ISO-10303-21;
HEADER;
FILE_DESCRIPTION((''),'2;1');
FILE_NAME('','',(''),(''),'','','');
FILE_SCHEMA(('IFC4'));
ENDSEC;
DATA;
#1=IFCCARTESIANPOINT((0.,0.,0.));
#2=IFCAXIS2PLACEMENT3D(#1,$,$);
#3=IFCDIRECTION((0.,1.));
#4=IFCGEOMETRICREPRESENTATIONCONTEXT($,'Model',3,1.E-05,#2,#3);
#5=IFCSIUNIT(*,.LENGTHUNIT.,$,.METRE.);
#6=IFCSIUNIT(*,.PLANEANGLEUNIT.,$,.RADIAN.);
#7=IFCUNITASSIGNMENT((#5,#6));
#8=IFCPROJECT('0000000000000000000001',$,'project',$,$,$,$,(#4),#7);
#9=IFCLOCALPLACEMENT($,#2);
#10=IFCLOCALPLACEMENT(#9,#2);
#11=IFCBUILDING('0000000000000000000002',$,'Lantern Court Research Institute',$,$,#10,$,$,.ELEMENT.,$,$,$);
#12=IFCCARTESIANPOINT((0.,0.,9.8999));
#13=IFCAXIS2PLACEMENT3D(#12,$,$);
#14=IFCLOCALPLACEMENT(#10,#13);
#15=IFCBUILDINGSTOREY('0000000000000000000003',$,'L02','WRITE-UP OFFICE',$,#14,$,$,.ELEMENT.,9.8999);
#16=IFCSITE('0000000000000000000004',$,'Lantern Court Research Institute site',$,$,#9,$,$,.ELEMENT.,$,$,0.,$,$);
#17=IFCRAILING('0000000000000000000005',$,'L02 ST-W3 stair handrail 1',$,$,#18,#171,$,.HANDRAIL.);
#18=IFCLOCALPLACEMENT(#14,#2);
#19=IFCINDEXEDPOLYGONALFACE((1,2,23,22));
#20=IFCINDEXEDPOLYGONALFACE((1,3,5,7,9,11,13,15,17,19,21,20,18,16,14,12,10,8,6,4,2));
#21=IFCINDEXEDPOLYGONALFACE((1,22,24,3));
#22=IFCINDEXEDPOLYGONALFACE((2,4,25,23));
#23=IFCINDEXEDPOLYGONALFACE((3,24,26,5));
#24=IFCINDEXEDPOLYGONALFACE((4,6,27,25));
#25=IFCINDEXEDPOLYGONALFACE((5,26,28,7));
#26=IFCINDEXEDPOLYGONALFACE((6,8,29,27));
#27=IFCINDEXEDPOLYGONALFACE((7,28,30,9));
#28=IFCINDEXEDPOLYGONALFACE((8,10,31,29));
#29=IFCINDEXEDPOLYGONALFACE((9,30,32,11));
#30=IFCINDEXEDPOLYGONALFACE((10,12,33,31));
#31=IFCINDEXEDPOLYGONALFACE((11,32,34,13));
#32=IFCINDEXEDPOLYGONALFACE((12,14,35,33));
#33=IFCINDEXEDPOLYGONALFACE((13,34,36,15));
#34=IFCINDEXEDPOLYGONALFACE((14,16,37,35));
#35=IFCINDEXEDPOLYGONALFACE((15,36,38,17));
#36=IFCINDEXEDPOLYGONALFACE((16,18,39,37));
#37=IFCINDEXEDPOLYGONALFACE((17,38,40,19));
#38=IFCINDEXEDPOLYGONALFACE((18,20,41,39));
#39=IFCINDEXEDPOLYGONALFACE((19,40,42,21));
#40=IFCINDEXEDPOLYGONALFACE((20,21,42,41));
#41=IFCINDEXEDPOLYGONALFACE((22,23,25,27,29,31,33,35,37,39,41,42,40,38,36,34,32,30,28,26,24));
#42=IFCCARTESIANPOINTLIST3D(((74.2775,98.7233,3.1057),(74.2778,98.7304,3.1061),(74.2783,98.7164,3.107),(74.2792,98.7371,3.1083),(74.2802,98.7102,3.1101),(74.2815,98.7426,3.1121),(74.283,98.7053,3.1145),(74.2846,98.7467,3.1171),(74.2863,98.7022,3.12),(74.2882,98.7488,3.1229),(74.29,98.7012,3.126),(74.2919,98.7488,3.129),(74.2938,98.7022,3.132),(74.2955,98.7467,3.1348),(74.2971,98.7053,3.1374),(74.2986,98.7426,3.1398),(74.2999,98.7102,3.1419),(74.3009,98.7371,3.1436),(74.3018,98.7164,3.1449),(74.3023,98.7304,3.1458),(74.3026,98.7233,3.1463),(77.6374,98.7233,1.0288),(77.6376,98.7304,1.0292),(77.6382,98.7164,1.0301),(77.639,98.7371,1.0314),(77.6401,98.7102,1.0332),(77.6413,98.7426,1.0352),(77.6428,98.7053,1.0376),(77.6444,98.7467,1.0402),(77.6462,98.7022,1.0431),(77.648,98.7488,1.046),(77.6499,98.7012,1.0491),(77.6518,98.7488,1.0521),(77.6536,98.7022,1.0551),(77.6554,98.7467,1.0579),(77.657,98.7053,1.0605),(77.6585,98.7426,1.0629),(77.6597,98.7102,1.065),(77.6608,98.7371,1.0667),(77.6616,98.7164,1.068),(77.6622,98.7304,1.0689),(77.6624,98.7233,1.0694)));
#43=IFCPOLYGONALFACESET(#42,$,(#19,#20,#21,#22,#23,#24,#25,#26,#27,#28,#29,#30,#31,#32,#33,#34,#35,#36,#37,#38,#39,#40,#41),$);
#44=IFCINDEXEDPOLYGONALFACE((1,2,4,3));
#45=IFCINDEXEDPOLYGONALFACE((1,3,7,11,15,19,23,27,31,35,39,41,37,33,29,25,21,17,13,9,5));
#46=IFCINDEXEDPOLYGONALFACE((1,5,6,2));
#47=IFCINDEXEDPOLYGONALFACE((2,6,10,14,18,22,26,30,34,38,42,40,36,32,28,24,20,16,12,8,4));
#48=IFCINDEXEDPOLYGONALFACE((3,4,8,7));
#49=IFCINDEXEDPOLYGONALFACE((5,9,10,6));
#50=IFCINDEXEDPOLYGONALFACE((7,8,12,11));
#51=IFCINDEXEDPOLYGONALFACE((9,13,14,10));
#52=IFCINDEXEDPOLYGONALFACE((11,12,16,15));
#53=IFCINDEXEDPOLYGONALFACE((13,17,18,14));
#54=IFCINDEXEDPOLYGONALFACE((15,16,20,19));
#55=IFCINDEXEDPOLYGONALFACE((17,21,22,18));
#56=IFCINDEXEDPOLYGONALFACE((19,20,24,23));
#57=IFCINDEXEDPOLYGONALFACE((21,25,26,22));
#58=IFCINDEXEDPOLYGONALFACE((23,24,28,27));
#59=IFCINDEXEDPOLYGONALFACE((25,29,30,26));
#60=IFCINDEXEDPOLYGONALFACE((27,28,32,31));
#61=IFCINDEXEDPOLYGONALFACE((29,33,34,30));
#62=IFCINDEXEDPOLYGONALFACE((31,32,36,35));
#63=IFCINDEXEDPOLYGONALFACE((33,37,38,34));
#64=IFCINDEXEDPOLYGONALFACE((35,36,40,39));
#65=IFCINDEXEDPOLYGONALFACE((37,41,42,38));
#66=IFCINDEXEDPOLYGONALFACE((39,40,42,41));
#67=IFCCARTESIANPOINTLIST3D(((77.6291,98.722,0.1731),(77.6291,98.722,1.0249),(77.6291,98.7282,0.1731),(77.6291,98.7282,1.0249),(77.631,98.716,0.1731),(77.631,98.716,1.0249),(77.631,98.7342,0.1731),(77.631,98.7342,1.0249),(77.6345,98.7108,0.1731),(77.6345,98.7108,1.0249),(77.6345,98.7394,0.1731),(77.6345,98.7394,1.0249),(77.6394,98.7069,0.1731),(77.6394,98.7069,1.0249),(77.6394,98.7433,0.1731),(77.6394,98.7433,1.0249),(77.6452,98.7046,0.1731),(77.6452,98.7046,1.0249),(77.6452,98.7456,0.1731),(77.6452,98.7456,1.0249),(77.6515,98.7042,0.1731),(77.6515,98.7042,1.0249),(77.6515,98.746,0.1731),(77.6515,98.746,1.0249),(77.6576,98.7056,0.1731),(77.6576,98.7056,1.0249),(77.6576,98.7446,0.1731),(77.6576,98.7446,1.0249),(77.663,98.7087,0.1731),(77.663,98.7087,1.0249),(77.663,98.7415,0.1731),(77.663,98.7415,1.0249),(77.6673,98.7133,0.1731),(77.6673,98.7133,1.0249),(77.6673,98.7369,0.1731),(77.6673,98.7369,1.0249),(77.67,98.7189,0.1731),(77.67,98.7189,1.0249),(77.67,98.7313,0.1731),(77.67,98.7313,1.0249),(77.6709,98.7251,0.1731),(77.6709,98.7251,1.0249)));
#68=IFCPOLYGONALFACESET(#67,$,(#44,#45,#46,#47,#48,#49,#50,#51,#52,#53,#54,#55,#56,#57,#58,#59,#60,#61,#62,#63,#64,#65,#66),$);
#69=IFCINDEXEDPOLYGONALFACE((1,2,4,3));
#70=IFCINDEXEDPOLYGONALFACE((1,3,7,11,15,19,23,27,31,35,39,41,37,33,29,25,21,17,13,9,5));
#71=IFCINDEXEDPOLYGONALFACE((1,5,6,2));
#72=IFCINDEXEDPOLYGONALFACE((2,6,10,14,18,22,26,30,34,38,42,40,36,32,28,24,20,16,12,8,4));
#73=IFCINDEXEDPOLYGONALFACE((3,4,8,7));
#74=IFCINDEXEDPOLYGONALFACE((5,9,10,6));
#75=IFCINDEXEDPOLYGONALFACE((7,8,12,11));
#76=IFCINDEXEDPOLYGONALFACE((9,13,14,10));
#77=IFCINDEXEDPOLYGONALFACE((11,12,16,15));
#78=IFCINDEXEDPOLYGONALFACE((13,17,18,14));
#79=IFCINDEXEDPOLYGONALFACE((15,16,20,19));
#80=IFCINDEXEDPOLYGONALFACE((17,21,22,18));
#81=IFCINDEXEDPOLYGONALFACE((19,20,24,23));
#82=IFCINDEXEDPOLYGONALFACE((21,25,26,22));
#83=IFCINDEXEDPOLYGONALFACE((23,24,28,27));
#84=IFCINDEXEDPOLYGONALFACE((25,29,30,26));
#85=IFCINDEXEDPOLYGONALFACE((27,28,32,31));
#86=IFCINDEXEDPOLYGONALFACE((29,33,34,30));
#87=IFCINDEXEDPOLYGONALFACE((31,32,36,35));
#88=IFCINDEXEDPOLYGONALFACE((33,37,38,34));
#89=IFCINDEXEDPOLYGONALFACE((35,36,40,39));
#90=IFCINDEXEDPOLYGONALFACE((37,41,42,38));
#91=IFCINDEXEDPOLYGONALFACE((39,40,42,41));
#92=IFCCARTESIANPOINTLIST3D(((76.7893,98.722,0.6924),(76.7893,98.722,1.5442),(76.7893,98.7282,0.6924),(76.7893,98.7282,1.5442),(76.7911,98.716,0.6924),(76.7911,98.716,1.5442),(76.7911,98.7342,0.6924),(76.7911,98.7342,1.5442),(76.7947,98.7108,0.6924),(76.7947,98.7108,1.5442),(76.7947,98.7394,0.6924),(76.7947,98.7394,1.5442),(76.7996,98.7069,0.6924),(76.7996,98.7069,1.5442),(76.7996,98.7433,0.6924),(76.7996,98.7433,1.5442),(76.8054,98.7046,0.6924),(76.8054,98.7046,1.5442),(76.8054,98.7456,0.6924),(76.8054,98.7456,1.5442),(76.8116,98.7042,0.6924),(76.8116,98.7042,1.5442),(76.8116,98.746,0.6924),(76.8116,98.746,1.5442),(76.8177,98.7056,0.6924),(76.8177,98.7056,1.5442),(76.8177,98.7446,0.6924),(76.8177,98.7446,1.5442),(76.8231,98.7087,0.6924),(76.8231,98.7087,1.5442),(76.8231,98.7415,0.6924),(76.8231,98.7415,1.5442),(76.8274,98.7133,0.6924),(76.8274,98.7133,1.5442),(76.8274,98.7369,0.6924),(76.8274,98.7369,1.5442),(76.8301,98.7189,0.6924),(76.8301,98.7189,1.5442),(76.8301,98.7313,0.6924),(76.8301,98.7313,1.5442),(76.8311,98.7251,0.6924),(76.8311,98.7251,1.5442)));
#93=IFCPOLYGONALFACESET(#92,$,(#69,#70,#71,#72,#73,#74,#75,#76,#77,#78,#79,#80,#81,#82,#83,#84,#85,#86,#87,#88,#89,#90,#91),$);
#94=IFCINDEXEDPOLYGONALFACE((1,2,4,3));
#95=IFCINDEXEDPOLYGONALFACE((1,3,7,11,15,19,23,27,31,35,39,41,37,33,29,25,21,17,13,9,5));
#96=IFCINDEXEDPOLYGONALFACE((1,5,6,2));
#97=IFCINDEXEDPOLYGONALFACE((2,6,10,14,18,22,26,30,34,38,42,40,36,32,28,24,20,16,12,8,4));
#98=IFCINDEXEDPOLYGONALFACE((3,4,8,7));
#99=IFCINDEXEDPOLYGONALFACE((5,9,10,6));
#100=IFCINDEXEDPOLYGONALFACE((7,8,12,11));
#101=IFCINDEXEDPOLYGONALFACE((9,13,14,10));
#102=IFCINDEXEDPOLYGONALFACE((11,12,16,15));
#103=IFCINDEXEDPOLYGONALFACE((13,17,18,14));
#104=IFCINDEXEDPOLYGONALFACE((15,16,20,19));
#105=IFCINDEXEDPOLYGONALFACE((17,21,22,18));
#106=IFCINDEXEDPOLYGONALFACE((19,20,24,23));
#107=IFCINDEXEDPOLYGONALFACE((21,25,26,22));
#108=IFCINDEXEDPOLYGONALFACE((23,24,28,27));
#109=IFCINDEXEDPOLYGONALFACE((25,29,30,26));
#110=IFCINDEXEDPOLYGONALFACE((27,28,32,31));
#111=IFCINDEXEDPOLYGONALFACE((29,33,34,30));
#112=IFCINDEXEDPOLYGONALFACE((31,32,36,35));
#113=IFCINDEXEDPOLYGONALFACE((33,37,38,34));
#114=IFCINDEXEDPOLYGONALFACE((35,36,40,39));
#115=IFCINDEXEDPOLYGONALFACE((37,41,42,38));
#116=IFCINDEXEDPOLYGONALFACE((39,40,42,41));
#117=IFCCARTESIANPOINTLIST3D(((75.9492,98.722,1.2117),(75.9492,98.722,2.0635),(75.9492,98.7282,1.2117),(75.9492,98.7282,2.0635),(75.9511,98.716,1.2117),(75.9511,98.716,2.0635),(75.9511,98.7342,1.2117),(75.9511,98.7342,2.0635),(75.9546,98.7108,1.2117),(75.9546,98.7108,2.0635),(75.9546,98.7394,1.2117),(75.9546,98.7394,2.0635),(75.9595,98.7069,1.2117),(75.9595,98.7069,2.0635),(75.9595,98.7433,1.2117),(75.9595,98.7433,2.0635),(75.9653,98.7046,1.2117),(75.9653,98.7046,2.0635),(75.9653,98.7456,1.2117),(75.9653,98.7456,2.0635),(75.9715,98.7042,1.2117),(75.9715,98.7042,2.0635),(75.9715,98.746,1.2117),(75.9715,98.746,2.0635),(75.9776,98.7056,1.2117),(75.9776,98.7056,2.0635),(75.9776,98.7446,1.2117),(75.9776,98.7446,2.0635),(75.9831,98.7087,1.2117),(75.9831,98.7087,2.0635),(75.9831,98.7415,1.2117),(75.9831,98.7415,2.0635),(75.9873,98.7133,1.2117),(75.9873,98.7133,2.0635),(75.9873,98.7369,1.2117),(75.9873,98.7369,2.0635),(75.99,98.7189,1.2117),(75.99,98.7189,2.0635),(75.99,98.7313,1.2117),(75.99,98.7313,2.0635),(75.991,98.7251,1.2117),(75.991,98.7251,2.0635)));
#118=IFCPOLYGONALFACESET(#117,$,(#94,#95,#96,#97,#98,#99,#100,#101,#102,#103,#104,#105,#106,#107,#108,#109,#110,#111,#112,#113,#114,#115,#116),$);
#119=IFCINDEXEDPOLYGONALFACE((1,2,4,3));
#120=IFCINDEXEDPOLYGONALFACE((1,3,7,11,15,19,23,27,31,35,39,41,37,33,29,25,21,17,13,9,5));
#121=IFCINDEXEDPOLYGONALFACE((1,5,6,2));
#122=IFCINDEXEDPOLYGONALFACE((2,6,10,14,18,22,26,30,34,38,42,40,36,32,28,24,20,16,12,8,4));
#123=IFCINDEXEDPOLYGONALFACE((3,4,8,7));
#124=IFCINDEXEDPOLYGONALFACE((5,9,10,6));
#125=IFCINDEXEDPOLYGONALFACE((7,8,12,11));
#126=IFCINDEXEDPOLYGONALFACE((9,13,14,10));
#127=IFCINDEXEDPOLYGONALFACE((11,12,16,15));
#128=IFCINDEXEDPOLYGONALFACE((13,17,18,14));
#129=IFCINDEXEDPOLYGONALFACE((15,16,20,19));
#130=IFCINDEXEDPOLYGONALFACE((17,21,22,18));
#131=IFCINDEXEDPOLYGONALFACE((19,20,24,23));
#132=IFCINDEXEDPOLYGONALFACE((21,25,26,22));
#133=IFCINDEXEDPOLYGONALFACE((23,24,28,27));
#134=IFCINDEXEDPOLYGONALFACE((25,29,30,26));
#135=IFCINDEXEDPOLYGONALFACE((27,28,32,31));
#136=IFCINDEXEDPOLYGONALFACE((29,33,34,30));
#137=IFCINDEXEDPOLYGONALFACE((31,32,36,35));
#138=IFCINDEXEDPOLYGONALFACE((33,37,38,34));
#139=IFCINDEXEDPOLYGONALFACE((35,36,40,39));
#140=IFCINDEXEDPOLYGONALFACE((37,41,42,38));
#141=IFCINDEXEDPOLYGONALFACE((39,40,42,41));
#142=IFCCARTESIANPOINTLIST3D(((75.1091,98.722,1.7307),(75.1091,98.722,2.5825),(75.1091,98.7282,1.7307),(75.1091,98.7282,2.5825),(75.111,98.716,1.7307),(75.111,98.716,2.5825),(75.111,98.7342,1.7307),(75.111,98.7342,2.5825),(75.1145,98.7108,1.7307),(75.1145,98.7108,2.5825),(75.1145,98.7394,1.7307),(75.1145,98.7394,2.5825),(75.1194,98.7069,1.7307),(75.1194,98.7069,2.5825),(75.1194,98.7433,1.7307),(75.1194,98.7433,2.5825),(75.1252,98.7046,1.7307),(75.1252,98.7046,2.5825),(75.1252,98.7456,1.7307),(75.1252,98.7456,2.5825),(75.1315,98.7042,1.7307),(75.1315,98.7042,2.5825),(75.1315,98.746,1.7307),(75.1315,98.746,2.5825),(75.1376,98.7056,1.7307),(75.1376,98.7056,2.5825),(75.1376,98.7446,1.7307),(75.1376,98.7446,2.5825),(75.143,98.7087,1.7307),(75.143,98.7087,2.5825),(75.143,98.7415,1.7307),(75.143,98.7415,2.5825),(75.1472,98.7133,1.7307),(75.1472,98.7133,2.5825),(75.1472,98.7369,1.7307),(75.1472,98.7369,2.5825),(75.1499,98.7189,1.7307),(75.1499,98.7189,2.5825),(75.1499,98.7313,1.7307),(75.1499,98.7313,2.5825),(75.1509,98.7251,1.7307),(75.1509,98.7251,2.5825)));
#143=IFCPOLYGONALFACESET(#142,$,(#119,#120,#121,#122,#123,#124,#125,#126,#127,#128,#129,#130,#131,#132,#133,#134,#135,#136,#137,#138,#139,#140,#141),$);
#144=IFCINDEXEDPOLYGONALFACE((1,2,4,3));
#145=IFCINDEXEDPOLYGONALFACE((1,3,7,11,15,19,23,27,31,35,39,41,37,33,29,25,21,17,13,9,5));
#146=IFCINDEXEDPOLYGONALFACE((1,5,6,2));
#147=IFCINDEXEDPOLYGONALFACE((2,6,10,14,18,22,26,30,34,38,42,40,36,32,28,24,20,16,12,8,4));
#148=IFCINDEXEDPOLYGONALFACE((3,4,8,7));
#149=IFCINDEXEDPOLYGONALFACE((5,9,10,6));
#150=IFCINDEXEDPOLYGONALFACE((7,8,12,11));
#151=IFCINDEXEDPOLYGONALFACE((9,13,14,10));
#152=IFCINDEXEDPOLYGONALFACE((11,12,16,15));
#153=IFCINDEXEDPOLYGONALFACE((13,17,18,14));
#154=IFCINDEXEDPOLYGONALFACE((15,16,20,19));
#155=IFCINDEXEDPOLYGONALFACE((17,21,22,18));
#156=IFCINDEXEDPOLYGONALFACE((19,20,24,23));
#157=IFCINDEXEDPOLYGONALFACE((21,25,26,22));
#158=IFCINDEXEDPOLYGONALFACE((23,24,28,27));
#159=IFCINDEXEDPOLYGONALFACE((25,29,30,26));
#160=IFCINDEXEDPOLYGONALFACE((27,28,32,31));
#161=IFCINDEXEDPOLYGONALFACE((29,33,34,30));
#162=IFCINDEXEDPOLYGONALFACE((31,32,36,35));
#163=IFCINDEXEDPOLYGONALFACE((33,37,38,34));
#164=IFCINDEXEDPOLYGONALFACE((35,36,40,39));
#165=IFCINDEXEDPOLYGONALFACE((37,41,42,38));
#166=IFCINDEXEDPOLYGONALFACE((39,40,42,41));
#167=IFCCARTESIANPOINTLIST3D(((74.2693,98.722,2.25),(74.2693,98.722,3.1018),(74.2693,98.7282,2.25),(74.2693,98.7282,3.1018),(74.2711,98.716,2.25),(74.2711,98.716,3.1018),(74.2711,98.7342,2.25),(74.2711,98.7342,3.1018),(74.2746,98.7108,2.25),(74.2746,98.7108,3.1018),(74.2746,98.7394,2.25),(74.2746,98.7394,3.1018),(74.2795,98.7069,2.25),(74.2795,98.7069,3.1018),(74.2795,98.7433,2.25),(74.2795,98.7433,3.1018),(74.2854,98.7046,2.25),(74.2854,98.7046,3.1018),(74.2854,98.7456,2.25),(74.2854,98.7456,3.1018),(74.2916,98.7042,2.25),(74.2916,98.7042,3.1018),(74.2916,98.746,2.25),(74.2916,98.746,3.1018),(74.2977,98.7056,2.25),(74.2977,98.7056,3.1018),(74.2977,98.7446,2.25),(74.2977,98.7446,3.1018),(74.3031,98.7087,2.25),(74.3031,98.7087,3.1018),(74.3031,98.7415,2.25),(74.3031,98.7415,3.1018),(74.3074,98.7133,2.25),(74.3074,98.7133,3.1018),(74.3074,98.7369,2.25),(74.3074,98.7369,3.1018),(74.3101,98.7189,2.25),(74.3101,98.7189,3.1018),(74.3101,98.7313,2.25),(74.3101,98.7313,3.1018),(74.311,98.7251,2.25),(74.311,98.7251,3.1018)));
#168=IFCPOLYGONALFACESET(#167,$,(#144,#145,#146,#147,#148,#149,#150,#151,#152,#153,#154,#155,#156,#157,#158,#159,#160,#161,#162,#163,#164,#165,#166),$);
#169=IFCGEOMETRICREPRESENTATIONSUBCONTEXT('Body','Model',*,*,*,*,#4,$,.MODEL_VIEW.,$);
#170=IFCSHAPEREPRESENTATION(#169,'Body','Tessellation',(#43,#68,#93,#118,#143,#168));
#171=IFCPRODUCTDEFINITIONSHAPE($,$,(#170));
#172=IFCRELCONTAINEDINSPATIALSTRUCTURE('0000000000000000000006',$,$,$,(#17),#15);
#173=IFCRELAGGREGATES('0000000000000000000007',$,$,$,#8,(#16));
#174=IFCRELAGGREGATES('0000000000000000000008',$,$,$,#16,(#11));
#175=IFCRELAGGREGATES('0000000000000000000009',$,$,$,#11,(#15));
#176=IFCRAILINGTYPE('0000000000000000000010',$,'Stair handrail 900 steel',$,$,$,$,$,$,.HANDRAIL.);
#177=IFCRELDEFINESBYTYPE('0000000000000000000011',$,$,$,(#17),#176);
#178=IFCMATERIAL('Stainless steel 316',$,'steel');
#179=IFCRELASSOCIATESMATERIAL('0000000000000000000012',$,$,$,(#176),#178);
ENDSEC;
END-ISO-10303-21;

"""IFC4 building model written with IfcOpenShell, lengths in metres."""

from ifc_helpers import new_model, si_unit, direction, frame, origin, origin_2d, place, context, subcontext, project, spatial, circle, extrude, material, type_object, element, save


model = new_model("IFC4")

# Units and contexts
model_context = context("Model", 3, precision=1e-05, world=origin(), true_north=direction((0.0, 1.0)))
body_context = subcontext(model_context, "Body", "Model", "MODEL_VIEW")
ifc_project = project(units=[si_unit("LENGTHUNIT", "METRE"), si_unit("PLANEANGLEUNIT", "RADIAN")], contexts=[model_context])

# Site, building, storey
site_placement = place(None, origin())
site = spatial("IfcSite", under=ifc_project, at=site_placement, Name="Lantern Court Research Institute site", CompositionType="ELEMENT", RefElevation=0.0)
building_placement = place(site_placement, origin())
building = spatial("IfcBuilding", under=site, at=building_placement, Name="Lantern Court Research Institute", CompositionType="ELEMENT")
storey_placement = place(building_placement, frame((0.0, 0.0, 9.8999)))
storey = spatial("IfcBuildingStorey", under=building, at=storey_placement, Name="L02", Description="WRITE-UP OFFICE", CompositionType="ELEMENT", Elevation=9.8999)

# Railing
ifc_material_1 = material(Name="Stainless steel 316", Category="steel")
railing_type_1 = type_object("IfcRailingType", Name="Stair handrail 900 steel", PredefinedType="HANDRAIL", material=ifc_material_1)
railing_1_placement = place(storey_placement, frame((77.6499, 98.7251, 0.1731)))
element("IfcRailing", 1, at=railing_1_placement, inside=storey, type_object=railing_type_1, Name="L02 ST-W3 stair handrail 1", PredefinedType="HANDRAIL", context=body_context, shape_type="SweptSolid", body=[
    extrude(circle(Radius=0.0239, at=origin_2d()), frame((0.0, 0.0, 0.876), z_axis=(-0.850606, 0.0, 0.525803), x_axis=(0.0, -1.0, 0.0)), (0.0, 0.0, 1.0), 3.95),
    extrude(circle(Radius=0.021, at=origin_2d()), origin(), (0.0, 0.0, 1.0), 0.8518),
    extrude(circle(Radius=0.021, at=origin_2d()), frame((-0.8398, 0.0, 0.5193)), (0.0, 0.0, 1.0), 0.8518),
    extrude(circle(Radius=0.021, at=origin_2d()), frame((-1.6799, 0.0, 1.0386)), (0.0, 0.0, 1.0), 0.8518),
    extrude(circle(Radius=0.021, at=origin_2d()), frame((-2.52, 0.0, 1.5576)), (0.0, 0.0, 1.0), 0.8518),
    extrude(circle(Radius=0.021, at=origin_2d()), frame((-3.3599, 0.0, 2.0769)), (0.0, 0.0, 1.0), 0.8518),
])

save(model, "model.ifc")
